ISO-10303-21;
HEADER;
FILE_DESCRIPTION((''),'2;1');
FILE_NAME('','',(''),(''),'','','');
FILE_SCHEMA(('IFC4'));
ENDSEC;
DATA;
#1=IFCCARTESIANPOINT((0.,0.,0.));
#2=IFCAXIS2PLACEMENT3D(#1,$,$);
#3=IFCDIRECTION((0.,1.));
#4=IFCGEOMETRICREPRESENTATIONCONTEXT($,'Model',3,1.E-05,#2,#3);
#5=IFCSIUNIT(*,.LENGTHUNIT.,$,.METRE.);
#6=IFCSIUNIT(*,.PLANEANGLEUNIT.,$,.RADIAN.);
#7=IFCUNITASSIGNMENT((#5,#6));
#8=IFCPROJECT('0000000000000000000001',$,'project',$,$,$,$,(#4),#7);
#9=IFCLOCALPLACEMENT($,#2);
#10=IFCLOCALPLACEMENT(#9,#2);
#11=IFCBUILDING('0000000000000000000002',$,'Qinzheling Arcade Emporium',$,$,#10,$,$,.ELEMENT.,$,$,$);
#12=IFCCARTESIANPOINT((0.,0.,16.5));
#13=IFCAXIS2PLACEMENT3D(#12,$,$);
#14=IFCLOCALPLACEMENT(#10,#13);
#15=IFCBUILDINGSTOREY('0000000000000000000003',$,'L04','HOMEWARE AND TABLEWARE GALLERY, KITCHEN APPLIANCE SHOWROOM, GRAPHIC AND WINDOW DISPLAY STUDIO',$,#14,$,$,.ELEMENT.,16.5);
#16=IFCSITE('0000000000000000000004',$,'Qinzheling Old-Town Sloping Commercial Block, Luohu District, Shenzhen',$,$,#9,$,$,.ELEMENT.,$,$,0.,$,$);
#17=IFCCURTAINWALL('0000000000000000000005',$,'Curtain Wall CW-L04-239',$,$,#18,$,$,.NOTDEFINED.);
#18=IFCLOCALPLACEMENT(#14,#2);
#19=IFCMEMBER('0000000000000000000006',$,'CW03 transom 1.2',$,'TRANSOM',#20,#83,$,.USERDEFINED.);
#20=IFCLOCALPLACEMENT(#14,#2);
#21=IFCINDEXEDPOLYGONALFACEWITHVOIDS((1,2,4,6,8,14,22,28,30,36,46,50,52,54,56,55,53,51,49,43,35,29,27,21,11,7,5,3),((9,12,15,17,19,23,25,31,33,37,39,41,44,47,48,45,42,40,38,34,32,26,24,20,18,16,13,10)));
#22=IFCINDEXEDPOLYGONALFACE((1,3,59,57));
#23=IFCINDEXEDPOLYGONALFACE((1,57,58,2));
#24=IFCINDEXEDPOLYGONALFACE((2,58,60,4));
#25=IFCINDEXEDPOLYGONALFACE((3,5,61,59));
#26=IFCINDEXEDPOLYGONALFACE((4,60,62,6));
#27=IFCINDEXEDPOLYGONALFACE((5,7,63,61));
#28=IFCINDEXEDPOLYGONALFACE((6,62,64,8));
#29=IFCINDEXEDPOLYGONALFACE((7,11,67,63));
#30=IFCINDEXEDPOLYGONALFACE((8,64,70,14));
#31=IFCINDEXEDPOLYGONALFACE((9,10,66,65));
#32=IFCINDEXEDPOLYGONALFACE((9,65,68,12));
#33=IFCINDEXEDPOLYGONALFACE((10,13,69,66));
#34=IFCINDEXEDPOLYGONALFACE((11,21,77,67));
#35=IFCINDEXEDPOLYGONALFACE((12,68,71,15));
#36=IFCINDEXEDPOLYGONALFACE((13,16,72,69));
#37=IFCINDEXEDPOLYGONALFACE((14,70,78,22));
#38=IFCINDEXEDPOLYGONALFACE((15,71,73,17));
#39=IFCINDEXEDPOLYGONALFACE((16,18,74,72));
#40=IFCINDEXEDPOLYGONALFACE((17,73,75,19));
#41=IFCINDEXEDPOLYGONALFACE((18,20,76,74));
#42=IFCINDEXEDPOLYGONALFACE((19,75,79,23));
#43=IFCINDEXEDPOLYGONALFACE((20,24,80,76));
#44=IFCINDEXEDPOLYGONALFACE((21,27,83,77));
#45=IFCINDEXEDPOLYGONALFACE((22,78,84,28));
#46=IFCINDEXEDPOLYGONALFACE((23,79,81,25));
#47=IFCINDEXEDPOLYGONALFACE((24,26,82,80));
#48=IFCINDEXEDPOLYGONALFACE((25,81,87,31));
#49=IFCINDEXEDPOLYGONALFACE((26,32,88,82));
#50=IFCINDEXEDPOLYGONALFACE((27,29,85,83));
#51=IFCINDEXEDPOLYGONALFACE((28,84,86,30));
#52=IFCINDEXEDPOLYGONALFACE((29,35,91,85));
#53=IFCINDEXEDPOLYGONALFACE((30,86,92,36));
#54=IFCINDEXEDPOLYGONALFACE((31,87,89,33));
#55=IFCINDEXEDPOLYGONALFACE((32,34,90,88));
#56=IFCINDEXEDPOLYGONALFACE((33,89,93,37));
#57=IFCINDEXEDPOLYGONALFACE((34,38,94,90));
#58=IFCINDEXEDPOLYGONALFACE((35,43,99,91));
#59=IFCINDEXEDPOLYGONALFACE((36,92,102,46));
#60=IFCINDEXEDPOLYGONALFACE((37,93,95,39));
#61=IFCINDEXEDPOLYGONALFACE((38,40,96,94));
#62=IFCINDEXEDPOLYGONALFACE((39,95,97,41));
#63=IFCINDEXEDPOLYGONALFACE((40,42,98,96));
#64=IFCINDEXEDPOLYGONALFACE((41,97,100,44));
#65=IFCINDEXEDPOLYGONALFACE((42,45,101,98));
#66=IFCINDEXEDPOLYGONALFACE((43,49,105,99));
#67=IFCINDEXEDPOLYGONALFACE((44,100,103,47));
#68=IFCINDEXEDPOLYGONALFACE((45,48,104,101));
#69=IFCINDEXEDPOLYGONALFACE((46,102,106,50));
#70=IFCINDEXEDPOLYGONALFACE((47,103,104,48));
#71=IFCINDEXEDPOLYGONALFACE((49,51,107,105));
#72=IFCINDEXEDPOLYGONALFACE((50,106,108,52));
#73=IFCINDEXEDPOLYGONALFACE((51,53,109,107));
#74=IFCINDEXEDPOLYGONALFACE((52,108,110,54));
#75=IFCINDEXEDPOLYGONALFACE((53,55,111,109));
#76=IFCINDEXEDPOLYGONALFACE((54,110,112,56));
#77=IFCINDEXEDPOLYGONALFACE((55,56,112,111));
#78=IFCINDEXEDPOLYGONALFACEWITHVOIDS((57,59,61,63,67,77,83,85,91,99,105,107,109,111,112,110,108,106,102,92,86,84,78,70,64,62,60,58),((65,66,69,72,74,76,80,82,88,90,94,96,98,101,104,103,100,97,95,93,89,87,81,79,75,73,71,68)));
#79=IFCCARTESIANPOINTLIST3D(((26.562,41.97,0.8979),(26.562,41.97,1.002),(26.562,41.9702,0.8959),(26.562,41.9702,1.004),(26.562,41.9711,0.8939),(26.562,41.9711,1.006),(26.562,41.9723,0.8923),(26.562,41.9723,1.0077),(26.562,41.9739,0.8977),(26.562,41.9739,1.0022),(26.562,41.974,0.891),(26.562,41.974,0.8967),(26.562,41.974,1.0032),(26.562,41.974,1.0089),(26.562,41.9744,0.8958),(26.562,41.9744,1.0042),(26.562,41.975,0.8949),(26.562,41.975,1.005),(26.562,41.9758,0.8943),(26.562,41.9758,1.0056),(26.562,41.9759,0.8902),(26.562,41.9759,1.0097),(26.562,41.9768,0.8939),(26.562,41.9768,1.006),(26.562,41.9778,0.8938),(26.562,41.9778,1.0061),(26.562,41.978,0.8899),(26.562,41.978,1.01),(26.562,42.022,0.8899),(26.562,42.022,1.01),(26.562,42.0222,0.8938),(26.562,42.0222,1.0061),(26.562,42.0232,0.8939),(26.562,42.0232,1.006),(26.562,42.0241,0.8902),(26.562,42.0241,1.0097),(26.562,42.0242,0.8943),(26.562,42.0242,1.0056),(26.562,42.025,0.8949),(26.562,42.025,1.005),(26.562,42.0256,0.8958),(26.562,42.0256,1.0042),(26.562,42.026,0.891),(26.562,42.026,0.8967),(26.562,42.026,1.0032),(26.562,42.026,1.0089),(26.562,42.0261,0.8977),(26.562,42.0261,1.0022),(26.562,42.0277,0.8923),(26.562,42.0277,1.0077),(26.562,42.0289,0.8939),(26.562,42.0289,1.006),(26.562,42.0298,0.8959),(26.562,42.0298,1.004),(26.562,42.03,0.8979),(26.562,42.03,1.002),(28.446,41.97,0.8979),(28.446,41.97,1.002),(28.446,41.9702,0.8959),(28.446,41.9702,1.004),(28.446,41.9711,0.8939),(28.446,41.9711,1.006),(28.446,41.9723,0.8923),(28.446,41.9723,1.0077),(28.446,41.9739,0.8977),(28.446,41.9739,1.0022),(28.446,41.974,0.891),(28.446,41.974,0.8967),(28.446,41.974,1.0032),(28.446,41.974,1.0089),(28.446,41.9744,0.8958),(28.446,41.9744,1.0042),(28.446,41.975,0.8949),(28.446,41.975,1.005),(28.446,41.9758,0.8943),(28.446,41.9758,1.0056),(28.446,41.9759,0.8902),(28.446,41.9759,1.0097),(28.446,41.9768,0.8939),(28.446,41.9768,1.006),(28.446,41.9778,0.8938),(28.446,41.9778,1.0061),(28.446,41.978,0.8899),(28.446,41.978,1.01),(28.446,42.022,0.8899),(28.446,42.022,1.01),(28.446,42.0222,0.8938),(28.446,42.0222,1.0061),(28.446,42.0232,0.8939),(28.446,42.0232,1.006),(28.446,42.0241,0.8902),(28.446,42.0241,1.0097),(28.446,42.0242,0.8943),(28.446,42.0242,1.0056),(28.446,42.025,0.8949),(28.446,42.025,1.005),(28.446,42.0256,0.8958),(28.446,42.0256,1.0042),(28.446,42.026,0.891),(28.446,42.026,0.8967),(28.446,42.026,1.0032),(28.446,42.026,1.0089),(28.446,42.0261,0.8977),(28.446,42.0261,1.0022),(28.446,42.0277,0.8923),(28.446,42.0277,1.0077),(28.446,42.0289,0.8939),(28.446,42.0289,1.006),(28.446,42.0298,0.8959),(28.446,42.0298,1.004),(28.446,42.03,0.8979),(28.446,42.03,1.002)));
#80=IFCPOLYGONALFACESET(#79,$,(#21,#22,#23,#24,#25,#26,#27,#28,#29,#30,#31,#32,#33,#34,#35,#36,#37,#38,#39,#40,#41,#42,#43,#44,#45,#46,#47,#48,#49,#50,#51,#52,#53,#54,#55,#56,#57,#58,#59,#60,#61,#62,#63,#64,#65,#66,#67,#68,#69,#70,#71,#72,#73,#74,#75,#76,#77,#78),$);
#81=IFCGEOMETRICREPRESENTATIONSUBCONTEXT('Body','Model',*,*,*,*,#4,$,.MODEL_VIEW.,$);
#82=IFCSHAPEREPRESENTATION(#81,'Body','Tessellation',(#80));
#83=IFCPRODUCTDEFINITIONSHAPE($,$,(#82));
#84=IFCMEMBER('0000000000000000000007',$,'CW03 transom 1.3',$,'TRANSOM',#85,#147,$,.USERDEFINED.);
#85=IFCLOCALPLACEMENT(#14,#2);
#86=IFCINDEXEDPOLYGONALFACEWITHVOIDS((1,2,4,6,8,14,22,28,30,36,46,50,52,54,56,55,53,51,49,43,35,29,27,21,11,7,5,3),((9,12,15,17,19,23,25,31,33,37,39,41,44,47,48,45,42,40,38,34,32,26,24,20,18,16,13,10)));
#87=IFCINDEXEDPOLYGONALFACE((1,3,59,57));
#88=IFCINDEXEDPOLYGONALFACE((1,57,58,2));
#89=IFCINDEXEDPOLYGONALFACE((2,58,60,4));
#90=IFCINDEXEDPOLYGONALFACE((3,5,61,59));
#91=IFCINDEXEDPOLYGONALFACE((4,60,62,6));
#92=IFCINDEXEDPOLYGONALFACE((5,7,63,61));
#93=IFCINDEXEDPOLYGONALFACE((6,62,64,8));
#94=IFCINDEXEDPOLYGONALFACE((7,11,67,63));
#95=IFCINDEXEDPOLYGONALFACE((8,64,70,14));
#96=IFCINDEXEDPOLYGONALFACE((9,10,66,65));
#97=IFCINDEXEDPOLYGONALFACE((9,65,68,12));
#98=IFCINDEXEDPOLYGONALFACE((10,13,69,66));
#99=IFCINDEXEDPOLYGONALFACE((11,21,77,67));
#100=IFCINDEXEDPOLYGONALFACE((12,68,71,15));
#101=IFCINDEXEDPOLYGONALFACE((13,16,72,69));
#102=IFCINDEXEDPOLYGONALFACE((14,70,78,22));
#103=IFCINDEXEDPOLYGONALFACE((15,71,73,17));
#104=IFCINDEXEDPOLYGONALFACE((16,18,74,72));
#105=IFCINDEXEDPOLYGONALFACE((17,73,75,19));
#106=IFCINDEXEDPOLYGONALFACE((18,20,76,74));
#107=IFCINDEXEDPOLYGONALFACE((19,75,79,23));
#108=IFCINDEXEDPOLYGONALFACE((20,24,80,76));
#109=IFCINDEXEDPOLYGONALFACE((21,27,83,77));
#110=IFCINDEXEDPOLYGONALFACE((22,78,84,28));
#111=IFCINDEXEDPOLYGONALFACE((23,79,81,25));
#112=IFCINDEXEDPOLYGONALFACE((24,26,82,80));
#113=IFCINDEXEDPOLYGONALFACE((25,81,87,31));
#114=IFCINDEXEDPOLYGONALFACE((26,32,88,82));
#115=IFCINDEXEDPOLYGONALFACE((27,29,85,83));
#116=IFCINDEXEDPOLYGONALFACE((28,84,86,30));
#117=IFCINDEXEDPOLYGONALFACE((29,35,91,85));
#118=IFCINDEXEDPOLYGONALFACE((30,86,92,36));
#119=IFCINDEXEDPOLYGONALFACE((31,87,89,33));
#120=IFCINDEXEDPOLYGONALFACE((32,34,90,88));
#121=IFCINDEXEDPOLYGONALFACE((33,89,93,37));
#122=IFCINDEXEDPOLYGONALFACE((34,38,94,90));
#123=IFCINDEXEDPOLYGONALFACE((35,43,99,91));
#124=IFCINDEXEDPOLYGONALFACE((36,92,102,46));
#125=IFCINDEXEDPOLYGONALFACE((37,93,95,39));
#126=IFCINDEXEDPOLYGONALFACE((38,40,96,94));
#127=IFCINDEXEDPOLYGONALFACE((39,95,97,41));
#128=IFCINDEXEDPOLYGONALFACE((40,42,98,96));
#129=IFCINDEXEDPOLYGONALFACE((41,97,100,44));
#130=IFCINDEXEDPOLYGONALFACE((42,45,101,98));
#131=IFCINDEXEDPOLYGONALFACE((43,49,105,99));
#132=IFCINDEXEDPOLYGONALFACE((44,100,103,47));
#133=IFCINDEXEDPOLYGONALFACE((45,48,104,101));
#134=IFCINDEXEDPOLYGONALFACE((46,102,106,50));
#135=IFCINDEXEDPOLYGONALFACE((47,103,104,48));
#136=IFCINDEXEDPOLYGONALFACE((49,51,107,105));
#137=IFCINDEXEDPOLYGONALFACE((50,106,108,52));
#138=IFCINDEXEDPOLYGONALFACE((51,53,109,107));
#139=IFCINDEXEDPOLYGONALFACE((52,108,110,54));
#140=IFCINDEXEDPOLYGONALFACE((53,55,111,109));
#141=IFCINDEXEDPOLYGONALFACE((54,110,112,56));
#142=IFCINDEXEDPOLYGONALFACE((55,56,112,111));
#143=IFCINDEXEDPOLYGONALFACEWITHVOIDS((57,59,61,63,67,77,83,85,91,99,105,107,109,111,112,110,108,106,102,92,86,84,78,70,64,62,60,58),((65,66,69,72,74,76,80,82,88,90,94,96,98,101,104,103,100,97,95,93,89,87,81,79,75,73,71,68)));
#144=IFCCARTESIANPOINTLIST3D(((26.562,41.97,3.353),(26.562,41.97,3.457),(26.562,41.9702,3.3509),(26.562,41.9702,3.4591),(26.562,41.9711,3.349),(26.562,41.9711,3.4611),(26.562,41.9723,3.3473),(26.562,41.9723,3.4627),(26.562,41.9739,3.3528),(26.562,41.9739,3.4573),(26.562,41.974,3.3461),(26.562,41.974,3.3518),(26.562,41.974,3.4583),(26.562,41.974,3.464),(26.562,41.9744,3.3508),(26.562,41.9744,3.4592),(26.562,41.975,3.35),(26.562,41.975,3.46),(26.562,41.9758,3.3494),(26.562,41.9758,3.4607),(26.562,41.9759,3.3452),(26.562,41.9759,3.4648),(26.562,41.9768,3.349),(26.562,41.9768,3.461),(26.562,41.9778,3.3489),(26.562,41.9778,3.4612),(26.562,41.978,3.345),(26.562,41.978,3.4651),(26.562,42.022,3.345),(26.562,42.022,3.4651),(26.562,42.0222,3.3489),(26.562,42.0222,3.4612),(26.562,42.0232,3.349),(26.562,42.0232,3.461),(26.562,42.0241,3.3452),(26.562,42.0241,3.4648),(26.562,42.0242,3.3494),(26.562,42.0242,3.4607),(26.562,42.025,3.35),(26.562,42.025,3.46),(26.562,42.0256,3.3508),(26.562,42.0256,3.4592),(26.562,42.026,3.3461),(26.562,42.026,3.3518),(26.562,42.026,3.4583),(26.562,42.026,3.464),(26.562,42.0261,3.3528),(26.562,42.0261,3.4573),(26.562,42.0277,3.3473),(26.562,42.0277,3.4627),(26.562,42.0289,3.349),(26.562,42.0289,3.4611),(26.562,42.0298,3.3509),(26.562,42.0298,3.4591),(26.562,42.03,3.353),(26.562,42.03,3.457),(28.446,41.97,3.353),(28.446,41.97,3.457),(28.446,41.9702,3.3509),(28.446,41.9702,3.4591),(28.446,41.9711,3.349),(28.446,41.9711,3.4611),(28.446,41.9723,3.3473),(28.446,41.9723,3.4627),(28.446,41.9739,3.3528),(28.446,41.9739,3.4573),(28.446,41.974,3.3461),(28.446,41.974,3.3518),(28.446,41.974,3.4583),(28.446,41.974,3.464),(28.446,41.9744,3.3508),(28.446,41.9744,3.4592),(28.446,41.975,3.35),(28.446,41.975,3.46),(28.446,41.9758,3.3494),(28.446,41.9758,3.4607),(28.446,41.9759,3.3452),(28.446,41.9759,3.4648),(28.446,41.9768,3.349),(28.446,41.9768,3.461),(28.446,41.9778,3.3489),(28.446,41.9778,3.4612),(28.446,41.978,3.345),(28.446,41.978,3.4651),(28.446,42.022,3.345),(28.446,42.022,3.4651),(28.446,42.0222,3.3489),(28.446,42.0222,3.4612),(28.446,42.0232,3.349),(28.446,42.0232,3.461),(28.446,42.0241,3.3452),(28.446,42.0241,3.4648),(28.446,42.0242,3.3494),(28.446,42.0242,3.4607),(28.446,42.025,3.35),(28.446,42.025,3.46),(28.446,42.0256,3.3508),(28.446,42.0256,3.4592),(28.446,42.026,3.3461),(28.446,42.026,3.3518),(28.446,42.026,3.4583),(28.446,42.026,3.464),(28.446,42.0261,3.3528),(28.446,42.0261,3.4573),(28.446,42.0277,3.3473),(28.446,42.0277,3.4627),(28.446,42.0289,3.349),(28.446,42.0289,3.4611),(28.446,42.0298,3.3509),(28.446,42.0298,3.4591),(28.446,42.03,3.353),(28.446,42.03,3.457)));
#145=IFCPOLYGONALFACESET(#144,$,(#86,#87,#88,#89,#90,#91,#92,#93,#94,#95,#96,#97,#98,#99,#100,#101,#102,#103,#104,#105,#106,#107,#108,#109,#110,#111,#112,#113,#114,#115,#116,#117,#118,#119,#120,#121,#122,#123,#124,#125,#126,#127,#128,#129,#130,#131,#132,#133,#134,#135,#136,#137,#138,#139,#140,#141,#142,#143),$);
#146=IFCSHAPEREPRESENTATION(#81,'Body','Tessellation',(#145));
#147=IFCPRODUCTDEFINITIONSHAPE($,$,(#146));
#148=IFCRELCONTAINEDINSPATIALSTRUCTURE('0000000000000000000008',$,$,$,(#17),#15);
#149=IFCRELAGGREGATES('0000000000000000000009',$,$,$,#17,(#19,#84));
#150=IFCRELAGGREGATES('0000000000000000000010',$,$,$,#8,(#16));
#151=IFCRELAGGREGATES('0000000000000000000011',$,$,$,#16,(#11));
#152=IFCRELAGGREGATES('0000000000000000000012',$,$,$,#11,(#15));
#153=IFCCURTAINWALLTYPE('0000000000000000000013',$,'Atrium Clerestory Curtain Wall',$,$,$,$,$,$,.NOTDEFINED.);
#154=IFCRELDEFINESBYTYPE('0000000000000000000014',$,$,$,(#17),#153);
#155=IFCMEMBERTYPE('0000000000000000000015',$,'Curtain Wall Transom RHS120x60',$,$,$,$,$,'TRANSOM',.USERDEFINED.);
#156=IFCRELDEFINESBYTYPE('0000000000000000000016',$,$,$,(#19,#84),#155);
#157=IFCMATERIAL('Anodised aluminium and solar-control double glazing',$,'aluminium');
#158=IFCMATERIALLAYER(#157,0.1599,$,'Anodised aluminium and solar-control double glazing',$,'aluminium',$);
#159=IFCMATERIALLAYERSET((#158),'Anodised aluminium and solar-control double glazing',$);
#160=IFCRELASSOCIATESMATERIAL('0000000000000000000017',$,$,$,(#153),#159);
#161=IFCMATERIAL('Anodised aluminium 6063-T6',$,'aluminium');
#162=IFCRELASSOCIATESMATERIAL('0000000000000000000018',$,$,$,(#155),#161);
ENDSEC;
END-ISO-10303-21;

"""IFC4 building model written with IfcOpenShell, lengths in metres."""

from ifc_helpers import new_model, si_unit, direction, frame, origin, origin_2d, place, context, subcontext, project, spatial, hollow_rectangle, extrude, material, layer, layer_set, material_profile, profile_set, type_object, element, aggregate, save


model = new_model("IFC4")

# Units and contexts
model_context = context("Model", 3, precision=1e-05, world=origin(), true_north=direction((0.0, 1.0)))
body_context = subcontext(model_context, "Body", "Model", "MODEL_VIEW")
ifc_project = project(units=[si_unit("LENGTHUNIT", "METRE"), si_unit("PLANEANGLEUNIT", "RADIAN")], contexts=[model_context])

# Site, building, storey
site_placement = place(None, origin())
site = spatial("IfcSite", under=ifc_project, at=site_placement, Name="Qinzheling Old-Town Sloping Commercial Block, Luohu District, Shenzhen", CompositionType="ELEMENT", RefElevation=0.0)
building_placement = place(site_placement, origin())
building = spatial("IfcBuilding", under=site, at=building_placement, Name="Qinzheling Arcade Emporium", CompositionType="ELEMENT")
storey_placement = place(building_placement, frame((0.0, 0.0, 16.5)))
storey = spatial("IfcBuildingStorey", under=building, at=storey_placement, Name="L04", Description="HOMEWARE AND TABLEWARE GALLERY, KITCHEN APPLIANCE SHOWROOM, GRAPHIC AND WINDOW DISPLAY STUDIO", CompositionType="ELEMENT", Elevation=16.5)

# Curtain wall, members
ifc_material_1 = material(Name="Anodised aluminium and solar-control double glazing", Category="aluminium")
ifc_layer_1 = layer(ifc_material_1, 0.1599, Name="Anodised aluminium and solar-control double glazing", Category="aluminium")
ifc_layer_set_1 = layer_set([ifc_layer_1], Name="Anodised aluminium and solar-control double glazing")
curtain_wall_type = type_object("IfcCurtainWallType", Name="Atrium Clerestory Curtain Wall", PredefinedType="NOTDEFINED", material=ifc_layer_set_1)
curtain_wall_placement = place(storey_placement, origin())
curtain_wall = element("IfcCurtainWall", 1, at=curtain_wall_placement, inside=storey, type_object=curtain_wall_type, Name="Curtain Wall CW-L04-239", PredefinedType="NOTDEFINED")
ifc_material_2 = material(Name="Anodised aluminium 6063-T6", Category="aluminium")
ifc_material_profile_1 = material_profile(ifc_material_2, hollow_rectangle(XDim=0.0601, YDim=0.1201, WallThickness=0.0039, InnerFilletRadius=0.0039, OuterFilletRadius=0.0081, at=origin_2d()), Name="RHS 120x60x4", Category="aluminium")
ifc_profile_set_1 = profile_set([ifc_material_profile_1], Name="Anodised aluminium 6063-T6")
member_type_1 = type_object("IfcMemberType", Name="Curtain Wall Transom RHS120x60", ElementType="TRANSOM", PredefinedType="USERDEFINED", material=ifc_profile_set_1)
member_1_placement = place(storey_placement, frame((26.562, 42.0, 0.95), z_axis=(1.0, 0.0, 0.0), x_axis=(0.0, 1.0, 0.0)))
member_1 = element("IfcMember", 2, at=member_1_placement, type_object=member_type_1, Name="CW03 transom 1.2", ObjectType="TRANSOM", PredefinedType="USERDEFINED", context=body_context, shape_type="SweptSolid", body=[
    extrude(hollow_rectangle(XDim=0.0601, YDim=0.1201, WallThickness=0.0039, InnerFilletRadius=0.0039, OuterFilletRadius=0.0081, at=origin_2d()), origin(), (0.0, 0.0, 1.0), 1.884),
])
member_2_placement = place(storey_placement, frame((26.562, 42.0, 3.405), z_axis=(1.0, 0.0, 0.0), x_axis=(0.0, 1.0, 0.0)))
member_2 = element("IfcMember", 3, at=member_2_placement, type_object=member_type_1, Name="CW03 transom 1.3", ObjectType="TRANSOM", PredefinedType="USERDEFINED", context=body_context, shape_type="SweptSolid", body=[
    extrude(hollow_rectangle(XDim=0.0601, YDim=0.1201, WallThickness=0.0039, InnerFilletRadius=0.0039, OuterFilletRadius=0.0081, at=origin_2d()), origin(), (0.0, 0.0, 1.0), 1.884),
])

aggregate(curtain_wall, [member_1, member_2])

save(model, "model.ifc")
